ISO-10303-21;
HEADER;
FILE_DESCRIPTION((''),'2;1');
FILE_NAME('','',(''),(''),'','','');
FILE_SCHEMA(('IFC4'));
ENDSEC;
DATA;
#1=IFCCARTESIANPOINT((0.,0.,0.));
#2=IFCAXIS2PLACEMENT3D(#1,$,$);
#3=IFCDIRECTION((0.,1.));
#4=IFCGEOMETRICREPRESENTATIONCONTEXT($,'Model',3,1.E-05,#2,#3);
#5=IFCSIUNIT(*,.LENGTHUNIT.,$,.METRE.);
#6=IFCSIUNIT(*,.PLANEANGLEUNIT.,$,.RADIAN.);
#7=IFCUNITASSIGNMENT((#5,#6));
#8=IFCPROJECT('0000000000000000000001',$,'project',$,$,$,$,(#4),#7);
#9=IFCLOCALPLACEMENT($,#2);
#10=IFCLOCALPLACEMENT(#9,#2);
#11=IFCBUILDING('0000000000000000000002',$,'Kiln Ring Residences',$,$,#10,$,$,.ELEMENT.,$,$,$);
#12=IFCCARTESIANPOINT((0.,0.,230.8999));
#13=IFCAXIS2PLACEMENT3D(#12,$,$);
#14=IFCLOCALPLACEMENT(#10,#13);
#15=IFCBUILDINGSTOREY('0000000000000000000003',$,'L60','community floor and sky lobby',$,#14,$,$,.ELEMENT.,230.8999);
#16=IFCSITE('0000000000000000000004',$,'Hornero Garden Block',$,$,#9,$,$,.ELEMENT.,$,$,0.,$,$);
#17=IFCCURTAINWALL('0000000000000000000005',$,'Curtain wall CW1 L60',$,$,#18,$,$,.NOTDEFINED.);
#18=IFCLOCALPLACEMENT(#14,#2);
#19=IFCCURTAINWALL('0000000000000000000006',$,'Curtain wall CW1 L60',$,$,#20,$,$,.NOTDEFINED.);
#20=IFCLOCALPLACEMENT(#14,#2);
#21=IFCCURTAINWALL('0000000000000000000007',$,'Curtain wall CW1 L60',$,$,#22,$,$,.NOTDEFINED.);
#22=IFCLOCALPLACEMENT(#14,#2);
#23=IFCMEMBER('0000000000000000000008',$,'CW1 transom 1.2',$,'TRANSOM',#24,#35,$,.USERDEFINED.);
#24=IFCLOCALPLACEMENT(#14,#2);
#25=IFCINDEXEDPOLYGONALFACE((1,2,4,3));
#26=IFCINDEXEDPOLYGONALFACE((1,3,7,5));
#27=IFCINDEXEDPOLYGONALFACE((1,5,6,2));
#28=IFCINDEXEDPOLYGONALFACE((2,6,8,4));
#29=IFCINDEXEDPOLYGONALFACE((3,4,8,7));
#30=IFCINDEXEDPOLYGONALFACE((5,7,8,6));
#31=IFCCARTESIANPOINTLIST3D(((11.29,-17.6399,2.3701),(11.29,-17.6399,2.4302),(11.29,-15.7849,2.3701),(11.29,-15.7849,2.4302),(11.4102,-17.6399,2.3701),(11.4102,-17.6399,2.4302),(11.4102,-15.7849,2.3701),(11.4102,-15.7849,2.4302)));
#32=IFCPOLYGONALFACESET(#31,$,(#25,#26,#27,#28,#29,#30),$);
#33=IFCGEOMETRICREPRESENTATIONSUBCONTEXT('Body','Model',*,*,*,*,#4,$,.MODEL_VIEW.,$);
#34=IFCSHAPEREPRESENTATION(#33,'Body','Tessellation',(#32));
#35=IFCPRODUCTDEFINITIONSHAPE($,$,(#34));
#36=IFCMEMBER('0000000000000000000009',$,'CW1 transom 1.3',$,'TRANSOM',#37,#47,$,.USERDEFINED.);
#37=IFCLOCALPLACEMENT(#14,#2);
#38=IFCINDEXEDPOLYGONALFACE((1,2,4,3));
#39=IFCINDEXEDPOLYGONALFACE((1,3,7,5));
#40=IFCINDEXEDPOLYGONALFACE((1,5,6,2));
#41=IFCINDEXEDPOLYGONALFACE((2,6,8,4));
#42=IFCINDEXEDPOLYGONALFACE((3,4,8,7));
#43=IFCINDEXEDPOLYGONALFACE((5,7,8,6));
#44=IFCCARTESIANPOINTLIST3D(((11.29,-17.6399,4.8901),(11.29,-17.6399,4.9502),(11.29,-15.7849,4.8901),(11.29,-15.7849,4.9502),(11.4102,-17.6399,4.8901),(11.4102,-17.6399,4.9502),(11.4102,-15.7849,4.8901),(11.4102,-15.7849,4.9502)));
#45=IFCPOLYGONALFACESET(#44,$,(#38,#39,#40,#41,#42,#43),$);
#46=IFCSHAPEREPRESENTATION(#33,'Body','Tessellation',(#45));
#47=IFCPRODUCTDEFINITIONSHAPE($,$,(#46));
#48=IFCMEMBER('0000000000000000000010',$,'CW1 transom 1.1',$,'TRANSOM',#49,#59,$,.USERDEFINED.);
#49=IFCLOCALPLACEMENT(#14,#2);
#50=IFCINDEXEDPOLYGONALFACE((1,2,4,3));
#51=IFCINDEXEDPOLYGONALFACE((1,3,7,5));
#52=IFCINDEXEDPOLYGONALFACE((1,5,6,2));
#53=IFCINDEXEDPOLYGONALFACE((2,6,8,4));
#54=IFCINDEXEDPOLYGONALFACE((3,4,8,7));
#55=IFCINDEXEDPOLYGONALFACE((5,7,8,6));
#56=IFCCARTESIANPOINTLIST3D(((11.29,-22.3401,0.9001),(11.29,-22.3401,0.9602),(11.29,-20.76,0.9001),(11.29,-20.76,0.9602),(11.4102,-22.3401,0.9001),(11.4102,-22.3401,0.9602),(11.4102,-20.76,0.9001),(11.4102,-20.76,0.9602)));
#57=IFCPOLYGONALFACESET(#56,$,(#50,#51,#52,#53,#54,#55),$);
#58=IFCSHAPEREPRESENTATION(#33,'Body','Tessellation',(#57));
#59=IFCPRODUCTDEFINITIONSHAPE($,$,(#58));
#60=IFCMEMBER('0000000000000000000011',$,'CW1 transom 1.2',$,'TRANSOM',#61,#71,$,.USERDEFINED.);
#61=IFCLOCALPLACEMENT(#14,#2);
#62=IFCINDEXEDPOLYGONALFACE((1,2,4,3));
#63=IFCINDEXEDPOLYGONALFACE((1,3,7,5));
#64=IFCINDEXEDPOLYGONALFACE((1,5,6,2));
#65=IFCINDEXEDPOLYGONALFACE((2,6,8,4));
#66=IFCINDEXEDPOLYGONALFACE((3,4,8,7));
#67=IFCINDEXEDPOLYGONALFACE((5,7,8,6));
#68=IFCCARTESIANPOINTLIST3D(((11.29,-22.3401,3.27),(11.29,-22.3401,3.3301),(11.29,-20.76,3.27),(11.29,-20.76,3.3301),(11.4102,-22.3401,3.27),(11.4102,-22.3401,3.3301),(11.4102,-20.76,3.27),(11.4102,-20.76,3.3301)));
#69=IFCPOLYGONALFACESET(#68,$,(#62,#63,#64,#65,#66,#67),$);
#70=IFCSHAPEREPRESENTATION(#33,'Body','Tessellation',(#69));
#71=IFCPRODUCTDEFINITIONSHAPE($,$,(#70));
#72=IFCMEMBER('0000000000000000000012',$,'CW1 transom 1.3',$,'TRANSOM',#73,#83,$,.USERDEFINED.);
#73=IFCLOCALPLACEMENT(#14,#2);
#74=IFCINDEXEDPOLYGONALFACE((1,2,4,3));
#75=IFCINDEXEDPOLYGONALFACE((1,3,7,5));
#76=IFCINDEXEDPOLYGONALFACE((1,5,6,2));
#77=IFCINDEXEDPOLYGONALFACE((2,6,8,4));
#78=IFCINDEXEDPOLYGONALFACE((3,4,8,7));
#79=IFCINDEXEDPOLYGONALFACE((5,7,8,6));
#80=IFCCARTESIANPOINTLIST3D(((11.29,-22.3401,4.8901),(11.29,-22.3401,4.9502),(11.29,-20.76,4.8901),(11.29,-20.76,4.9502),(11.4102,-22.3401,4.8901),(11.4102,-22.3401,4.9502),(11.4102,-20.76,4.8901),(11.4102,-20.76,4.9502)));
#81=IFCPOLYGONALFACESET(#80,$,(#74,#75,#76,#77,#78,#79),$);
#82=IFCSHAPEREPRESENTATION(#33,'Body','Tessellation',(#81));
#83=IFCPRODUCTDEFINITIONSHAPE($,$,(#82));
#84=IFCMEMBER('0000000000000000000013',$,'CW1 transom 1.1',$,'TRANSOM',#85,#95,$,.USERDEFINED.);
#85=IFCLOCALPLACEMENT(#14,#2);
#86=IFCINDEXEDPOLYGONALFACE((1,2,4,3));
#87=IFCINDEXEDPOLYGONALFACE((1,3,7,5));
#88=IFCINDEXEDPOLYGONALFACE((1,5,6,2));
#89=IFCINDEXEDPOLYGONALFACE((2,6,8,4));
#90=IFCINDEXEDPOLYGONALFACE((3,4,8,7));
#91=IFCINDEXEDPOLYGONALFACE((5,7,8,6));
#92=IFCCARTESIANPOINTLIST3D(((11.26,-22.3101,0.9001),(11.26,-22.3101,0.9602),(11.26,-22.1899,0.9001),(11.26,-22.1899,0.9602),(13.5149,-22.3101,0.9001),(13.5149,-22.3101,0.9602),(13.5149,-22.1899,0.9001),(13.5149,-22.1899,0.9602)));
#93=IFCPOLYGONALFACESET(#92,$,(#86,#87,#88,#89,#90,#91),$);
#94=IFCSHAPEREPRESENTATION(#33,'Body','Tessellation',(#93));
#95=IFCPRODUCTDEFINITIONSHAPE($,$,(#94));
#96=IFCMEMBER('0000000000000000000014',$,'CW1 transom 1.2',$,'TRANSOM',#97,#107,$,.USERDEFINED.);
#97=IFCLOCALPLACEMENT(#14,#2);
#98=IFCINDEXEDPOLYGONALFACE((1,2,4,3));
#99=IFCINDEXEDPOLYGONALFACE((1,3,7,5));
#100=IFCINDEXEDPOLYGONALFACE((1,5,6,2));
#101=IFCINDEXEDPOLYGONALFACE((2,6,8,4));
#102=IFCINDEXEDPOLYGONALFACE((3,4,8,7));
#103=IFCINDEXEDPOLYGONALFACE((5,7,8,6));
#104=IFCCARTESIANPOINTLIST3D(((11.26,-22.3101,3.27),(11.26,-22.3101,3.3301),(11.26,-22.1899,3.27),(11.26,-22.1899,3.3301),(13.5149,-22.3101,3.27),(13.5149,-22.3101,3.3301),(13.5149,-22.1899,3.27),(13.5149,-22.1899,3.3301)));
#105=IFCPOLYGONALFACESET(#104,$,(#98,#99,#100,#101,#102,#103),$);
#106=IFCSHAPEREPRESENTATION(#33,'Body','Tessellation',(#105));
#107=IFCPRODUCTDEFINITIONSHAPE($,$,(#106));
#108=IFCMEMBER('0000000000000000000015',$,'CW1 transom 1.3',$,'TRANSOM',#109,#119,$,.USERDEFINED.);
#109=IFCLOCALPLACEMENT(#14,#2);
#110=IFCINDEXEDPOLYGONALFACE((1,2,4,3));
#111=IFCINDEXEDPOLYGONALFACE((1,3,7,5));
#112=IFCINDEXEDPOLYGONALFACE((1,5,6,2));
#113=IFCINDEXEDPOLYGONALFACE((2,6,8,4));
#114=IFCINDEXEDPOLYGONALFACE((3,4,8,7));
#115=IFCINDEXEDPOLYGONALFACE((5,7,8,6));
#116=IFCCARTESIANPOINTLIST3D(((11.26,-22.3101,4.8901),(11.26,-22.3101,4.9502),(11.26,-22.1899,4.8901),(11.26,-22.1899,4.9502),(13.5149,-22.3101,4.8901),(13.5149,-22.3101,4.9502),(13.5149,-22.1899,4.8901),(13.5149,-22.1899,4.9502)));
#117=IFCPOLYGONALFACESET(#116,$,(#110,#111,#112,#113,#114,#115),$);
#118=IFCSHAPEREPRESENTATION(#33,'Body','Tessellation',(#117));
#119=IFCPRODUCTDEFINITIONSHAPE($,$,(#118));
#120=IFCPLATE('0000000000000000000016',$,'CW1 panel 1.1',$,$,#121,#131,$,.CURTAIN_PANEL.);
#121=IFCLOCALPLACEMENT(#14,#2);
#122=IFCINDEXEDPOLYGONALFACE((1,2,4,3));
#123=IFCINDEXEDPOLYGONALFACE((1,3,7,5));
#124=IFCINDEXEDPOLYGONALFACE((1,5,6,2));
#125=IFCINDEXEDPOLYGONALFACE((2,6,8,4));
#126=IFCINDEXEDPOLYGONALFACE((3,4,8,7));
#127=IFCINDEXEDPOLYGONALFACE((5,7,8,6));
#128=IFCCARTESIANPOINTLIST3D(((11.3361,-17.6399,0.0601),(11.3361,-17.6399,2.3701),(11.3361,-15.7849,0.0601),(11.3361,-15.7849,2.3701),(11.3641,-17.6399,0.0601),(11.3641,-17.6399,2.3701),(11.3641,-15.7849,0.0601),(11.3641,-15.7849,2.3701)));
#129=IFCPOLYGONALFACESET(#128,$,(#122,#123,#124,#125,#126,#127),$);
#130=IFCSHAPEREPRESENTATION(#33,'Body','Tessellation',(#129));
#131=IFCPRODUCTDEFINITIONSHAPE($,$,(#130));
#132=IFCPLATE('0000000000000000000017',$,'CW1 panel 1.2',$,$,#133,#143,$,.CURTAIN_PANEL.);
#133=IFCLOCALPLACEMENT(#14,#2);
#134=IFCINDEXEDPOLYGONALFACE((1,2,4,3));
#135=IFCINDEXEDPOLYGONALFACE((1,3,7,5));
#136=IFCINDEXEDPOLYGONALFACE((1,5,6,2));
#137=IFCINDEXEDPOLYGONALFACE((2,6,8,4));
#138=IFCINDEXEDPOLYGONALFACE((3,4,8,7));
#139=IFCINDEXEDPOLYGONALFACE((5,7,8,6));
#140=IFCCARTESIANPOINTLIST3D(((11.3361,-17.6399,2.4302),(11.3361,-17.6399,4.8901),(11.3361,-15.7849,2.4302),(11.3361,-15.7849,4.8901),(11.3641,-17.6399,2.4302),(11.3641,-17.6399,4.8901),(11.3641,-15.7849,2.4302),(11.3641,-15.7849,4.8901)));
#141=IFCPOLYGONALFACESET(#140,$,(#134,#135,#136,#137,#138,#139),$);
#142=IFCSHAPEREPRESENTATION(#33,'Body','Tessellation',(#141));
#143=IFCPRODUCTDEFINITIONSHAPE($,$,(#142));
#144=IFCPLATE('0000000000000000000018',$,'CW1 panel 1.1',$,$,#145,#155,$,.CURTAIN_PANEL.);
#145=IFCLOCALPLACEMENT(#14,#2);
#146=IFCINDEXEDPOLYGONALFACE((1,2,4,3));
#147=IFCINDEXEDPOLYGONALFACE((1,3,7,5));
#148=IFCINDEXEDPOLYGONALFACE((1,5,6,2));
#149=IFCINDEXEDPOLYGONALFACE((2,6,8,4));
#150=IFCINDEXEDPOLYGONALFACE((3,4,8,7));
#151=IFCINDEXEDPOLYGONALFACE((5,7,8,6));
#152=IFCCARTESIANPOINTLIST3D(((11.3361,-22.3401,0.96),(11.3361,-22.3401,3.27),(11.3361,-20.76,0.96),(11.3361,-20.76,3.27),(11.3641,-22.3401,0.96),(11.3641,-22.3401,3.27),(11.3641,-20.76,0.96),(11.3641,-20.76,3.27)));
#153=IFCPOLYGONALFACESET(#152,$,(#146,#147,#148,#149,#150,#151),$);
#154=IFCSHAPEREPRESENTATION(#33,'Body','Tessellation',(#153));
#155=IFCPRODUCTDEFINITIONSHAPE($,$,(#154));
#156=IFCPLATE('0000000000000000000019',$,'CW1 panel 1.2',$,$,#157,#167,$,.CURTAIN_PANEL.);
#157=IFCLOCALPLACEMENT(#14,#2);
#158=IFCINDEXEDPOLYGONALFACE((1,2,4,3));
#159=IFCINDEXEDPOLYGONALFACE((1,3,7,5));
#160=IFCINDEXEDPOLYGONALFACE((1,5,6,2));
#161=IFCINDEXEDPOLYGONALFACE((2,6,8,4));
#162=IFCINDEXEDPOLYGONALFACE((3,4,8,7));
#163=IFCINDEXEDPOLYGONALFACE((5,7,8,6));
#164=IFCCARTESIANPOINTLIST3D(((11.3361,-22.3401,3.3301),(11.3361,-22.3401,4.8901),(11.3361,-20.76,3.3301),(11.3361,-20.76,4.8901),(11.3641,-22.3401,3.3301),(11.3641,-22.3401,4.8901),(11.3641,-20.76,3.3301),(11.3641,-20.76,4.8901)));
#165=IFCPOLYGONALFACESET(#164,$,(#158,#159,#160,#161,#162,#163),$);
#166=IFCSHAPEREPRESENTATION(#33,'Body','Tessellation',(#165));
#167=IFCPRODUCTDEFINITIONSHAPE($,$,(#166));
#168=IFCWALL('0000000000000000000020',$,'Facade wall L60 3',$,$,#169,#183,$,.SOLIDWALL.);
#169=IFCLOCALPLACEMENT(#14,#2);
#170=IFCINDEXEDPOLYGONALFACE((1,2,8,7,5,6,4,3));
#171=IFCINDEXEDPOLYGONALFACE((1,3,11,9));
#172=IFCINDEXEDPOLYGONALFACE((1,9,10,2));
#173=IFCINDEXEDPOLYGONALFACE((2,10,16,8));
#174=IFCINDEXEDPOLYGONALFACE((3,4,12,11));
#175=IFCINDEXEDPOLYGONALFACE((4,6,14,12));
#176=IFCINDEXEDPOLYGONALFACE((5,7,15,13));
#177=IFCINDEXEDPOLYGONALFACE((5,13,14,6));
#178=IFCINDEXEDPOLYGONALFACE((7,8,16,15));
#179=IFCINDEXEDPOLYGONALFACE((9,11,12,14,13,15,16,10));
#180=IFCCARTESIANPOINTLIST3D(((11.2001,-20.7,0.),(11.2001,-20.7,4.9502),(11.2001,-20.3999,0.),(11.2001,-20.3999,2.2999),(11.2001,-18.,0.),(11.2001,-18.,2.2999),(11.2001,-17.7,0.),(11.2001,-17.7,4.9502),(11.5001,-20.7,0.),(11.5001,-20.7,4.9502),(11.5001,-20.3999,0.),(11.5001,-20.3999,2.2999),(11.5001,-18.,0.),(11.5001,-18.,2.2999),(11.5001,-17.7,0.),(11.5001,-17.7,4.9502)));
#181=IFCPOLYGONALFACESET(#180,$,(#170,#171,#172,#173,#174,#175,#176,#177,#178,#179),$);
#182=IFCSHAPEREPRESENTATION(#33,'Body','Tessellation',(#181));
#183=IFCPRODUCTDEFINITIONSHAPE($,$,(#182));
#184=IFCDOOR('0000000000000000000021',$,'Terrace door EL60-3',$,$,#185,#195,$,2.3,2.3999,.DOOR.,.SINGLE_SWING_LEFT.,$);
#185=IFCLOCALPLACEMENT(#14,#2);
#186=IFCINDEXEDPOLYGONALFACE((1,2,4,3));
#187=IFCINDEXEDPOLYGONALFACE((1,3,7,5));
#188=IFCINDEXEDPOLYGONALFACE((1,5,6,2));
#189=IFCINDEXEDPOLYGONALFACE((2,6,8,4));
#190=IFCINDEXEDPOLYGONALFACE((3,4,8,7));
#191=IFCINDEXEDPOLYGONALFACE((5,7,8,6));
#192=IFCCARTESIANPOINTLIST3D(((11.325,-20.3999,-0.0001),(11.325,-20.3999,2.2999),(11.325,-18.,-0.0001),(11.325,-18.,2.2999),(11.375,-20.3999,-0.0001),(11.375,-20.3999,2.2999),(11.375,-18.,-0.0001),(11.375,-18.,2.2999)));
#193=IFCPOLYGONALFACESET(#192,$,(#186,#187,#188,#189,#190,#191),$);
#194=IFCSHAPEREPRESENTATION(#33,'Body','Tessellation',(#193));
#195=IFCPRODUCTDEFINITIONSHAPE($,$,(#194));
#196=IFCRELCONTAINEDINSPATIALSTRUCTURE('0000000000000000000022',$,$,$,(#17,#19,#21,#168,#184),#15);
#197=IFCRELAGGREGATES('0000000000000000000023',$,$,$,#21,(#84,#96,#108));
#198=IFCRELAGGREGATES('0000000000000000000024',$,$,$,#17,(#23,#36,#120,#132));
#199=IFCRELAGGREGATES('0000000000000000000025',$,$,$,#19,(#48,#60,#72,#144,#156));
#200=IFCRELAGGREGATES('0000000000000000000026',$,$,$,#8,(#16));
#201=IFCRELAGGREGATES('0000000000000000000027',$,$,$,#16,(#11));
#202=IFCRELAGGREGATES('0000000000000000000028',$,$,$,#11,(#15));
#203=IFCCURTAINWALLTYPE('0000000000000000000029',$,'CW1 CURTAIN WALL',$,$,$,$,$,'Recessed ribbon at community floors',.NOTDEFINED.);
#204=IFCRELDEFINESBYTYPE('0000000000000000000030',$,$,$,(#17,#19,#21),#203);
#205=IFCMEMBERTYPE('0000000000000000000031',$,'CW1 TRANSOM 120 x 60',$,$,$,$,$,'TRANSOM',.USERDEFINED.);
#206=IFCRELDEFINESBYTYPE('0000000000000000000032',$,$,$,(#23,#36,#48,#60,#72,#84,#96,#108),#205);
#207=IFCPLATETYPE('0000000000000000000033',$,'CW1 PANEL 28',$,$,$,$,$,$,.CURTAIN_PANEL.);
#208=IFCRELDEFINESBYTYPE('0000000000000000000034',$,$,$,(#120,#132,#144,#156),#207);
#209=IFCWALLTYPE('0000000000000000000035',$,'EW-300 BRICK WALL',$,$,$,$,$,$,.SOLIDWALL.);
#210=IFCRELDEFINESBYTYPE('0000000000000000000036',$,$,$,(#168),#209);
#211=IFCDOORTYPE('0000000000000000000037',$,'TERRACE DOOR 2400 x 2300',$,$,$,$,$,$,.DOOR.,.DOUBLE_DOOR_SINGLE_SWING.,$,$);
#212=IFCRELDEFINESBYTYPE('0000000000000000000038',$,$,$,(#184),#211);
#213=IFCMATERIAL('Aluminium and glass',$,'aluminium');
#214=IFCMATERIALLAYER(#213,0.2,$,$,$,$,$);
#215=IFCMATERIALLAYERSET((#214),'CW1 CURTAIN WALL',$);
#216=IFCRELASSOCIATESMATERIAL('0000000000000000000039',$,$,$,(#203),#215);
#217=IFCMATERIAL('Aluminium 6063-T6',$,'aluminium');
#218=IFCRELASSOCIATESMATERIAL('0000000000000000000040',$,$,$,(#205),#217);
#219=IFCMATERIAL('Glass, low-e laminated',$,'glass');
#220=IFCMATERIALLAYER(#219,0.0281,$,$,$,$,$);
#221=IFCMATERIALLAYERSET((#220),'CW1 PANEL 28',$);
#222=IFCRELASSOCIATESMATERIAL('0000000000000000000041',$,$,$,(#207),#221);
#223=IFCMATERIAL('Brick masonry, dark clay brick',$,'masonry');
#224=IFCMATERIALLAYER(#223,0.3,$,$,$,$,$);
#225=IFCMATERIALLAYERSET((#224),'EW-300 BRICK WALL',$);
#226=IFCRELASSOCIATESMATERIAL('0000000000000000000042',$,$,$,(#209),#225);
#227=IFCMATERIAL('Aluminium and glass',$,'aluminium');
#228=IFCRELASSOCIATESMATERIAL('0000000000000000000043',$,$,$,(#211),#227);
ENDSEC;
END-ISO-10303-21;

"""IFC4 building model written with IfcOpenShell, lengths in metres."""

from ifc_helpers import new_model, si_unit, direction, frame, frame_2d, origin, origin_2d, place, context, subcontext, project, spatial, rectangle, extrude, material, layer, layer_set, material_profile, profile_set, type_object, element, fill, aggregate, save


model = new_model("IFC4")

# Units and contexts
model_context = context("Model", 3, precision=1e-05, world=origin(), true_north=direction((0.0, 1.0)))
body_context = subcontext(model_context, "Body", "Model", "MODEL_VIEW")
ifc_project = project(units=[si_unit("LENGTHUNIT", "METRE"), si_unit("PLANEANGLEUNIT", "RADIAN")], contexts=[model_context])

# Site, building, storey
site_placement = place(None, origin())
site = spatial("IfcSite", under=ifc_project, at=site_placement, Name="Hornero Garden Block", CompositionType="ELEMENT", RefElevation=0.0)
building_placement = place(site_placement, origin())
building = spatial("IfcBuilding", under=site, at=building_placement, Name="Kiln Ring Residences", CompositionType="ELEMENT")
storey_placement = place(building_placement, frame((0.0, 0.0, 230.8999)))
storey = spatial("IfcBuildingStorey", under=building, at=storey_placement, Name="L60", Description="community floor and sky lobby", CompositionType="ELEMENT", Elevation=230.8999)

# Curtain walls
ifc_material_1 = material(Name="Aluminium and glass", Category="aluminium")
ifc_layer_1 = layer(ifc_material_1, 0.2)
ifc_layer_set_1 = layer_set([ifc_layer_1], Name="CW1 CURTAIN WALL")
curtain_wall_type = type_object("IfcCurtainWallType", Name="CW1 CURTAIN WALL", ElementType="Recessed ribbon at community floors", PredefinedType="NOTDEFINED", material=ifc_layer_set_1)
placement = place(storey_placement, origin())
curtain_wall_1 = element("IfcCurtainWall", 1, at=placement, inside=storey, type_object=curtain_wall_type, Name="Curtain wall CW1 L60", PredefinedType="NOTDEFINED")
curtain_wall_2 = element("IfcCurtainWall", 2, at=placement, inside=storey, type_object=curtain_wall_type, Name="Curtain wall CW1 L60", PredefinedType="NOTDEFINED")

# Curtain wall
curtain_wall_3 = element("IfcCurtainWall", 3, at=placement, inside=storey, type_object=curtain_wall_type, Name="Curtain wall CW1 L60", PredefinedType="NOTDEFINED")

# Members
ifc_material_2 = material(Name="Aluminium 6063-T6", Category="aluminium")
ifc_material_profile_1 = material_profile(ifc_material_2, rectangle(XDim=0.1201, YDim=0.0601, at=origin_2d()), Name="AL 120x60")
ifc_profile_set_1 = profile_set([ifc_material_profile_1], Name="Aluminium 6063-T6")
member_type_1 = type_object("IfcMemberType", Name="CW1 TRANSOM 120 x 60", ElementType="TRANSOM", PredefinedType="USERDEFINED", material=ifc_profile_set_1)
member_1_placement = place(storey_placement, frame((11.3501, -15.7849, 2.4001), z_axis=(0.0, -1.0, 0.0), x_axis=(1.0, 0.0, 0.0)))
member_1 = element("IfcMember", 4, at=member_1_placement, type_object=member_type_1, Name="CW1 transom 1.2", ObjectType="TRANSOM", PredefinedType="USERDEFINED", context=body_context, shape_type="SweptSolid", body=[
    extrude(rectangle(XDim=0.1201, YDim=0.0601, at=origin_2d()), origin(), (0.0, 0.0, 1.0), 1.855),
])
member_2_placement = place(storey_placement, frame((11.3501, -15.7849, 4.9202), z_axis=(0.0, -1.0, 0.0), x_axis=(1.0, 0.0, 0.0)))
member_2 = element("IfcMember", 5, at=member_2_placement, type_object=member_type_1, Name="CW1 transom 1.3", ObjectType="TRANSOM", PredefinedType="USERDEFINED", context=body_context, shape_type="SweptSolid", body=[
    extrude(rectangle(XDim=0.1201, YDim=0.0601, at=origin_2d()), origin(), (0.0, 0.0, 1.0), 1.855),
])
member_3_placement = place(storey_placement, frame((11.3501, -20.76, 0.9302), z_axis=(0.0, -1.0, 0.0), x_axis=(1.0, 0.0, 0.0)))
member_3 = element("IfcMember", 6, at=member_3_placement, type_object=member_type_1, Name="CW1 transom 1.1", ObjectType="TRANSOM", PredefinedType="USERDEFINED", context=body_context, shape_type="SweptSolid", body=[
    extrude(rectangle(XDim=0.1201, YDim=0.0601, at=origin_2d()), origin(), (0.0, 0.0, 1.0), 1.5801),
])
member_4_placement = place(storey_placement, frame((11.3501, -20.76, 3.3), z_axis=(0.0, -1.0, 0.0), x_axis=(1.0, 0.0, 0.0)))
member_4 = element("IfcMember", 7, at=member_4_placement, type_object=member_type_1, Name="CW1 transom 1.2", ObjectType="TRANSOM", PredefinedType="USERDEFINED", context=body_context, shape_type="SweptSolid", body=[
    extrude(rectangle(XDim=0.1201, YDim=0.0601, at=origin_2d()), origin(), (0.0, 0.0, 1.0), 1.5801),
])
member_5_placement = place(storey_placement, frame((11.3501, -20.76, 4.9202), z_axis=(0.0, -1.0, 0.0), x_axis=(1.0, 0.0, 0.0)))
member_5 = element("IfcMember", 8, at=member_5_placement, type_object=member_type_1, Name="CW1 transom 1.3", ObjectType="TRANSOM", PredefinedType="USERDEFINED", context=body_context, shape_type="SweptSolid", body=[
    extrude(rectangle(XDim=0.1201, YDim=0.0601, at=origin_2d()), origin(), (0.0, 0.0, 1.0), 1.5801),
])
member_6_placement = place(storey_placement, frame((11.26, -22.25, 0.9302), z_axis=(1.0, 0.0, 0.0), x_axis=(0.0, 1.0, 0.0)))
member_6 = element("IfcMember", 9, at=member_6_placement, type_object=member_type_1, Name="CW1 transom 1.1", ObjectType="TRANSOM", PredefinedType="USERDEFINED", context=body_context, shape_type="SweptSolid", body=[
    extrude(rectangle(XDim=0.1201, YDim=0.0601, at=origin_2d()), origin(), (0.0, 0.0, 1.0), 2.2549),
])
member_7_placement = place(storey_placement, frame((11.26, -22.25, 3.3), z_axis=(1.0, 0.0, 0.0), x_axis=(0.0, 1.0, 0.0)))
member_7 = element("IfcMember", 10, at=member_7_placement, type_object=member_type_1, Name="CW1 transom 1.2", ObjectType="TRANSOM", PredefinedType="USERDEFINED", context=body_context, shape_type="SweptSolid", body=[
    extrude(rectangle(XDim=0.1201, YDim=0.0601, at=origin_2d()), origin(), (0.0, 0.0, 1.0), 2.2549),
])
member_8_placement = place(storey_placement, frame((11.26, -22.25, 4.9202), z_axis=(1.0, 0.0, 0.0), x_axis=(0.0, 1.0, 0.0)))
member_8 = element("IfcMember", 11, at=member_8_placement, type_object=member_type_1, Name="CW1 transom 1.3", ObjectType="TRANSOM", PredefinedType="USERDEFINED", context=body_context, shape_type="SweptSolid", body=[
    extrude(rectangle(XDim=0.1201, YDim=0.0601, at=origin_2d()), origin(), (0.0, 0.0, 1.0), 2.2549),
])
aggregate(curtain_wall_3, [member_6, member_7, member_8])

# Plates
ifc_material_3 = material(Name="Glass, low-e laminated", Category="glass")
ifc_layer_2 = layer(ifc_material_3, 0.0281)
ifc_layer_set_2 = layer_set([ifc_layer_2], Name="CW1 PANEL 28")
plate_type = type_object("IfcPlateType", Name="CW1 PANEL 28", PredefinedType="CURTAIN_PANEL", material=ifc_layer_set_2)
plate_1_placement = place(storey_placement, frame((11.3501, -16.7124, 0.0601), z_axis=(0.0, 0.0, 1.0), x_axis=(0.0, -1.0, 0.0)))
plate_1 = element("IfcPlate", 12, at=plate_1_placement, type_object=plate_type, Name="CW1 panel 1.1", PredefinedType="CURTAIN_PANEL", context=body_context, shape_type="SweptSolid", body=[
    extrude(rectangle(XDim=1.855, YDim=0.0281, at=origin_2d()), origin(), (0.0, 0.0, 1.0), 2.3101),
])
plate_2_placement = place(storey_placement, frame((11.3501, -16.7124, 2.4302), z_axis=(0.0, 0.0, 1.0), x_axis=(0.0, -1.0, 0.0)))
plate_2 = element("IfcPlate", 13, at=plate_2_placement, type_object=plate_type, Name="CW1 panel 1.2", PredefinedType="CURTAIN_PANEL", context=body_context, shape_type="SweptSolid", body=[
    extrude(rectangle(XDim=1.855, YDim=0.0281, at=origin_2d()), origin(), (0.0, 0.0, 1.0), 2.46),
])
aggregate(curtain_wall_1, [member_1, member_2, plate_1, plate_2])
plate_3_placement = place(storey_placement, frame((11.3501, -21.55, 0.96), z_axis=(0.0, 0.0, 1.0), x_axis=(0.0, -1.0, 0.0)))
plate_3 = element("IfcPlate", 14, at=plate_3_placement, type_object=plate_type, Name="CW1 panel 1.1", PredefinedType="CURTAIN_PANEL", context=body_context, shape_type="SweptSolid", body=[
    extrude(rectangle(XDim=1.5801, YDim=0.0281, at=origin_2d()), origin(), (0.0, 0.0, 1.0), 2.3101),
])
plate_4_placement = place(storey_placement, frame((11.3501, -21.55, 3.3301), z_axis=(0.0, 0.0, 1.0), x_axis=(0.0, -1.0, 0.0)))
plate_4 = element("IfcPlate", 15, at=plate_4_placement, type_object=plate_type, Name="CW1 panel 1.2", PredefinedType="CURTAIN_PANEL", context=body_context, shape_type="SweptSolid", body=[
    extrude(rectangle(XDim=1.5801, YDim=0.0281, at=origin_2d()), origin(), (0.0, 0.0, 1.0), 1.5601),
])
aggregate(curtain_wall_2, [member_3, member_4, member_5, plate_3, plate_4])

# Wall, opening, door
ifc_material_4 = material(Name="Brick masonry, dark clay brick", Category="masonry")
ifc_layer_3 = layer(ifc_material_4, 0.3)
ifc_layer_set_3 = layer_set([ifc_layer_3], Name="EW-300 BRICK WALL")
wall_type = type_object("IfcWallType", Name="EW-300 BRICK WALL", PredefinedType="SOLIDWALL", material=ifc_layer_set_3)
wall_placement = place(storey_placement, frame((11.3501, -17.7, 0.0), z_axis=(0.0, 0.0, 1.0), x_axis=(0.0, -1.0, 0.0)))
wall = element("IfcWall", 16, at=wall_placement, inside=storey, type_object=wall_type, Name="Facade wall L60 3", PredefinedType="SOLIDWALL", context=body_context, shape_type="SweptSolid", body=[
    extrude(rectangle(XDim=3.0, YDim=0.3, at=frame_2d((1.5, 0.0))), origin(), (0.0, 0.0, 1.0), 4.9502),
])
opening_placement = place(wall_placement, frame((0.3, 0.0, 0.0)))
opening = element("IfcOpeningElement", 17, at=opening_placement, cuts=wall, PredefinedType="OPENING", context=body_context, shape_type="SweptSolid", body=[
    extrude(rectangle(XDim=2.3999, YDim=2.3, at=frame_2d((1.2, 1.1499))), frame((0.0, 0.1599, 0.0), z_axis=(0.0, -1.0, 0.0), x_axis=(1.0, 0.0, 0.0)), (0.0, 0.0, 1.0), 0.3201),
])
ifc_material_5 = material(Name="Aluminium and glass", Category="aluminium")
door_type = type_object("IfcDoorType", Name="TERRACE DOOR 2400 x 2300", OperationType="DOUBLE_DOOR_SINGLE_SWING", PredefinedType="DOOR", material=ifc_material_5)
door_placement = place(opening_placement, origin())
door = element("IfcDoor", 18, at=door_placement, inside=storey, type_object=door_type, Name="Terrace door EL60-3", OperationType="SINGLE_SWING_LEFT", OverallHeight=2.3, OverallWidth=2.3999, PredefinedType="DOOR", context=body_context, shape_type="SweptSolid", body=[
    extrude(rectangle(XDim=2.3999, YDim=2.3, at=frame_2d((1.2, 1.1499))), frame((0.0, 0.0249, 0.0), z_axis=(0.0, -1.0, 0.0), x_axis=(1.0, 0.0, 0.0)), (0.0, 0.0, 1.0), 0.05),
])
fill(opening, door)

save(model, "model.ifc")
